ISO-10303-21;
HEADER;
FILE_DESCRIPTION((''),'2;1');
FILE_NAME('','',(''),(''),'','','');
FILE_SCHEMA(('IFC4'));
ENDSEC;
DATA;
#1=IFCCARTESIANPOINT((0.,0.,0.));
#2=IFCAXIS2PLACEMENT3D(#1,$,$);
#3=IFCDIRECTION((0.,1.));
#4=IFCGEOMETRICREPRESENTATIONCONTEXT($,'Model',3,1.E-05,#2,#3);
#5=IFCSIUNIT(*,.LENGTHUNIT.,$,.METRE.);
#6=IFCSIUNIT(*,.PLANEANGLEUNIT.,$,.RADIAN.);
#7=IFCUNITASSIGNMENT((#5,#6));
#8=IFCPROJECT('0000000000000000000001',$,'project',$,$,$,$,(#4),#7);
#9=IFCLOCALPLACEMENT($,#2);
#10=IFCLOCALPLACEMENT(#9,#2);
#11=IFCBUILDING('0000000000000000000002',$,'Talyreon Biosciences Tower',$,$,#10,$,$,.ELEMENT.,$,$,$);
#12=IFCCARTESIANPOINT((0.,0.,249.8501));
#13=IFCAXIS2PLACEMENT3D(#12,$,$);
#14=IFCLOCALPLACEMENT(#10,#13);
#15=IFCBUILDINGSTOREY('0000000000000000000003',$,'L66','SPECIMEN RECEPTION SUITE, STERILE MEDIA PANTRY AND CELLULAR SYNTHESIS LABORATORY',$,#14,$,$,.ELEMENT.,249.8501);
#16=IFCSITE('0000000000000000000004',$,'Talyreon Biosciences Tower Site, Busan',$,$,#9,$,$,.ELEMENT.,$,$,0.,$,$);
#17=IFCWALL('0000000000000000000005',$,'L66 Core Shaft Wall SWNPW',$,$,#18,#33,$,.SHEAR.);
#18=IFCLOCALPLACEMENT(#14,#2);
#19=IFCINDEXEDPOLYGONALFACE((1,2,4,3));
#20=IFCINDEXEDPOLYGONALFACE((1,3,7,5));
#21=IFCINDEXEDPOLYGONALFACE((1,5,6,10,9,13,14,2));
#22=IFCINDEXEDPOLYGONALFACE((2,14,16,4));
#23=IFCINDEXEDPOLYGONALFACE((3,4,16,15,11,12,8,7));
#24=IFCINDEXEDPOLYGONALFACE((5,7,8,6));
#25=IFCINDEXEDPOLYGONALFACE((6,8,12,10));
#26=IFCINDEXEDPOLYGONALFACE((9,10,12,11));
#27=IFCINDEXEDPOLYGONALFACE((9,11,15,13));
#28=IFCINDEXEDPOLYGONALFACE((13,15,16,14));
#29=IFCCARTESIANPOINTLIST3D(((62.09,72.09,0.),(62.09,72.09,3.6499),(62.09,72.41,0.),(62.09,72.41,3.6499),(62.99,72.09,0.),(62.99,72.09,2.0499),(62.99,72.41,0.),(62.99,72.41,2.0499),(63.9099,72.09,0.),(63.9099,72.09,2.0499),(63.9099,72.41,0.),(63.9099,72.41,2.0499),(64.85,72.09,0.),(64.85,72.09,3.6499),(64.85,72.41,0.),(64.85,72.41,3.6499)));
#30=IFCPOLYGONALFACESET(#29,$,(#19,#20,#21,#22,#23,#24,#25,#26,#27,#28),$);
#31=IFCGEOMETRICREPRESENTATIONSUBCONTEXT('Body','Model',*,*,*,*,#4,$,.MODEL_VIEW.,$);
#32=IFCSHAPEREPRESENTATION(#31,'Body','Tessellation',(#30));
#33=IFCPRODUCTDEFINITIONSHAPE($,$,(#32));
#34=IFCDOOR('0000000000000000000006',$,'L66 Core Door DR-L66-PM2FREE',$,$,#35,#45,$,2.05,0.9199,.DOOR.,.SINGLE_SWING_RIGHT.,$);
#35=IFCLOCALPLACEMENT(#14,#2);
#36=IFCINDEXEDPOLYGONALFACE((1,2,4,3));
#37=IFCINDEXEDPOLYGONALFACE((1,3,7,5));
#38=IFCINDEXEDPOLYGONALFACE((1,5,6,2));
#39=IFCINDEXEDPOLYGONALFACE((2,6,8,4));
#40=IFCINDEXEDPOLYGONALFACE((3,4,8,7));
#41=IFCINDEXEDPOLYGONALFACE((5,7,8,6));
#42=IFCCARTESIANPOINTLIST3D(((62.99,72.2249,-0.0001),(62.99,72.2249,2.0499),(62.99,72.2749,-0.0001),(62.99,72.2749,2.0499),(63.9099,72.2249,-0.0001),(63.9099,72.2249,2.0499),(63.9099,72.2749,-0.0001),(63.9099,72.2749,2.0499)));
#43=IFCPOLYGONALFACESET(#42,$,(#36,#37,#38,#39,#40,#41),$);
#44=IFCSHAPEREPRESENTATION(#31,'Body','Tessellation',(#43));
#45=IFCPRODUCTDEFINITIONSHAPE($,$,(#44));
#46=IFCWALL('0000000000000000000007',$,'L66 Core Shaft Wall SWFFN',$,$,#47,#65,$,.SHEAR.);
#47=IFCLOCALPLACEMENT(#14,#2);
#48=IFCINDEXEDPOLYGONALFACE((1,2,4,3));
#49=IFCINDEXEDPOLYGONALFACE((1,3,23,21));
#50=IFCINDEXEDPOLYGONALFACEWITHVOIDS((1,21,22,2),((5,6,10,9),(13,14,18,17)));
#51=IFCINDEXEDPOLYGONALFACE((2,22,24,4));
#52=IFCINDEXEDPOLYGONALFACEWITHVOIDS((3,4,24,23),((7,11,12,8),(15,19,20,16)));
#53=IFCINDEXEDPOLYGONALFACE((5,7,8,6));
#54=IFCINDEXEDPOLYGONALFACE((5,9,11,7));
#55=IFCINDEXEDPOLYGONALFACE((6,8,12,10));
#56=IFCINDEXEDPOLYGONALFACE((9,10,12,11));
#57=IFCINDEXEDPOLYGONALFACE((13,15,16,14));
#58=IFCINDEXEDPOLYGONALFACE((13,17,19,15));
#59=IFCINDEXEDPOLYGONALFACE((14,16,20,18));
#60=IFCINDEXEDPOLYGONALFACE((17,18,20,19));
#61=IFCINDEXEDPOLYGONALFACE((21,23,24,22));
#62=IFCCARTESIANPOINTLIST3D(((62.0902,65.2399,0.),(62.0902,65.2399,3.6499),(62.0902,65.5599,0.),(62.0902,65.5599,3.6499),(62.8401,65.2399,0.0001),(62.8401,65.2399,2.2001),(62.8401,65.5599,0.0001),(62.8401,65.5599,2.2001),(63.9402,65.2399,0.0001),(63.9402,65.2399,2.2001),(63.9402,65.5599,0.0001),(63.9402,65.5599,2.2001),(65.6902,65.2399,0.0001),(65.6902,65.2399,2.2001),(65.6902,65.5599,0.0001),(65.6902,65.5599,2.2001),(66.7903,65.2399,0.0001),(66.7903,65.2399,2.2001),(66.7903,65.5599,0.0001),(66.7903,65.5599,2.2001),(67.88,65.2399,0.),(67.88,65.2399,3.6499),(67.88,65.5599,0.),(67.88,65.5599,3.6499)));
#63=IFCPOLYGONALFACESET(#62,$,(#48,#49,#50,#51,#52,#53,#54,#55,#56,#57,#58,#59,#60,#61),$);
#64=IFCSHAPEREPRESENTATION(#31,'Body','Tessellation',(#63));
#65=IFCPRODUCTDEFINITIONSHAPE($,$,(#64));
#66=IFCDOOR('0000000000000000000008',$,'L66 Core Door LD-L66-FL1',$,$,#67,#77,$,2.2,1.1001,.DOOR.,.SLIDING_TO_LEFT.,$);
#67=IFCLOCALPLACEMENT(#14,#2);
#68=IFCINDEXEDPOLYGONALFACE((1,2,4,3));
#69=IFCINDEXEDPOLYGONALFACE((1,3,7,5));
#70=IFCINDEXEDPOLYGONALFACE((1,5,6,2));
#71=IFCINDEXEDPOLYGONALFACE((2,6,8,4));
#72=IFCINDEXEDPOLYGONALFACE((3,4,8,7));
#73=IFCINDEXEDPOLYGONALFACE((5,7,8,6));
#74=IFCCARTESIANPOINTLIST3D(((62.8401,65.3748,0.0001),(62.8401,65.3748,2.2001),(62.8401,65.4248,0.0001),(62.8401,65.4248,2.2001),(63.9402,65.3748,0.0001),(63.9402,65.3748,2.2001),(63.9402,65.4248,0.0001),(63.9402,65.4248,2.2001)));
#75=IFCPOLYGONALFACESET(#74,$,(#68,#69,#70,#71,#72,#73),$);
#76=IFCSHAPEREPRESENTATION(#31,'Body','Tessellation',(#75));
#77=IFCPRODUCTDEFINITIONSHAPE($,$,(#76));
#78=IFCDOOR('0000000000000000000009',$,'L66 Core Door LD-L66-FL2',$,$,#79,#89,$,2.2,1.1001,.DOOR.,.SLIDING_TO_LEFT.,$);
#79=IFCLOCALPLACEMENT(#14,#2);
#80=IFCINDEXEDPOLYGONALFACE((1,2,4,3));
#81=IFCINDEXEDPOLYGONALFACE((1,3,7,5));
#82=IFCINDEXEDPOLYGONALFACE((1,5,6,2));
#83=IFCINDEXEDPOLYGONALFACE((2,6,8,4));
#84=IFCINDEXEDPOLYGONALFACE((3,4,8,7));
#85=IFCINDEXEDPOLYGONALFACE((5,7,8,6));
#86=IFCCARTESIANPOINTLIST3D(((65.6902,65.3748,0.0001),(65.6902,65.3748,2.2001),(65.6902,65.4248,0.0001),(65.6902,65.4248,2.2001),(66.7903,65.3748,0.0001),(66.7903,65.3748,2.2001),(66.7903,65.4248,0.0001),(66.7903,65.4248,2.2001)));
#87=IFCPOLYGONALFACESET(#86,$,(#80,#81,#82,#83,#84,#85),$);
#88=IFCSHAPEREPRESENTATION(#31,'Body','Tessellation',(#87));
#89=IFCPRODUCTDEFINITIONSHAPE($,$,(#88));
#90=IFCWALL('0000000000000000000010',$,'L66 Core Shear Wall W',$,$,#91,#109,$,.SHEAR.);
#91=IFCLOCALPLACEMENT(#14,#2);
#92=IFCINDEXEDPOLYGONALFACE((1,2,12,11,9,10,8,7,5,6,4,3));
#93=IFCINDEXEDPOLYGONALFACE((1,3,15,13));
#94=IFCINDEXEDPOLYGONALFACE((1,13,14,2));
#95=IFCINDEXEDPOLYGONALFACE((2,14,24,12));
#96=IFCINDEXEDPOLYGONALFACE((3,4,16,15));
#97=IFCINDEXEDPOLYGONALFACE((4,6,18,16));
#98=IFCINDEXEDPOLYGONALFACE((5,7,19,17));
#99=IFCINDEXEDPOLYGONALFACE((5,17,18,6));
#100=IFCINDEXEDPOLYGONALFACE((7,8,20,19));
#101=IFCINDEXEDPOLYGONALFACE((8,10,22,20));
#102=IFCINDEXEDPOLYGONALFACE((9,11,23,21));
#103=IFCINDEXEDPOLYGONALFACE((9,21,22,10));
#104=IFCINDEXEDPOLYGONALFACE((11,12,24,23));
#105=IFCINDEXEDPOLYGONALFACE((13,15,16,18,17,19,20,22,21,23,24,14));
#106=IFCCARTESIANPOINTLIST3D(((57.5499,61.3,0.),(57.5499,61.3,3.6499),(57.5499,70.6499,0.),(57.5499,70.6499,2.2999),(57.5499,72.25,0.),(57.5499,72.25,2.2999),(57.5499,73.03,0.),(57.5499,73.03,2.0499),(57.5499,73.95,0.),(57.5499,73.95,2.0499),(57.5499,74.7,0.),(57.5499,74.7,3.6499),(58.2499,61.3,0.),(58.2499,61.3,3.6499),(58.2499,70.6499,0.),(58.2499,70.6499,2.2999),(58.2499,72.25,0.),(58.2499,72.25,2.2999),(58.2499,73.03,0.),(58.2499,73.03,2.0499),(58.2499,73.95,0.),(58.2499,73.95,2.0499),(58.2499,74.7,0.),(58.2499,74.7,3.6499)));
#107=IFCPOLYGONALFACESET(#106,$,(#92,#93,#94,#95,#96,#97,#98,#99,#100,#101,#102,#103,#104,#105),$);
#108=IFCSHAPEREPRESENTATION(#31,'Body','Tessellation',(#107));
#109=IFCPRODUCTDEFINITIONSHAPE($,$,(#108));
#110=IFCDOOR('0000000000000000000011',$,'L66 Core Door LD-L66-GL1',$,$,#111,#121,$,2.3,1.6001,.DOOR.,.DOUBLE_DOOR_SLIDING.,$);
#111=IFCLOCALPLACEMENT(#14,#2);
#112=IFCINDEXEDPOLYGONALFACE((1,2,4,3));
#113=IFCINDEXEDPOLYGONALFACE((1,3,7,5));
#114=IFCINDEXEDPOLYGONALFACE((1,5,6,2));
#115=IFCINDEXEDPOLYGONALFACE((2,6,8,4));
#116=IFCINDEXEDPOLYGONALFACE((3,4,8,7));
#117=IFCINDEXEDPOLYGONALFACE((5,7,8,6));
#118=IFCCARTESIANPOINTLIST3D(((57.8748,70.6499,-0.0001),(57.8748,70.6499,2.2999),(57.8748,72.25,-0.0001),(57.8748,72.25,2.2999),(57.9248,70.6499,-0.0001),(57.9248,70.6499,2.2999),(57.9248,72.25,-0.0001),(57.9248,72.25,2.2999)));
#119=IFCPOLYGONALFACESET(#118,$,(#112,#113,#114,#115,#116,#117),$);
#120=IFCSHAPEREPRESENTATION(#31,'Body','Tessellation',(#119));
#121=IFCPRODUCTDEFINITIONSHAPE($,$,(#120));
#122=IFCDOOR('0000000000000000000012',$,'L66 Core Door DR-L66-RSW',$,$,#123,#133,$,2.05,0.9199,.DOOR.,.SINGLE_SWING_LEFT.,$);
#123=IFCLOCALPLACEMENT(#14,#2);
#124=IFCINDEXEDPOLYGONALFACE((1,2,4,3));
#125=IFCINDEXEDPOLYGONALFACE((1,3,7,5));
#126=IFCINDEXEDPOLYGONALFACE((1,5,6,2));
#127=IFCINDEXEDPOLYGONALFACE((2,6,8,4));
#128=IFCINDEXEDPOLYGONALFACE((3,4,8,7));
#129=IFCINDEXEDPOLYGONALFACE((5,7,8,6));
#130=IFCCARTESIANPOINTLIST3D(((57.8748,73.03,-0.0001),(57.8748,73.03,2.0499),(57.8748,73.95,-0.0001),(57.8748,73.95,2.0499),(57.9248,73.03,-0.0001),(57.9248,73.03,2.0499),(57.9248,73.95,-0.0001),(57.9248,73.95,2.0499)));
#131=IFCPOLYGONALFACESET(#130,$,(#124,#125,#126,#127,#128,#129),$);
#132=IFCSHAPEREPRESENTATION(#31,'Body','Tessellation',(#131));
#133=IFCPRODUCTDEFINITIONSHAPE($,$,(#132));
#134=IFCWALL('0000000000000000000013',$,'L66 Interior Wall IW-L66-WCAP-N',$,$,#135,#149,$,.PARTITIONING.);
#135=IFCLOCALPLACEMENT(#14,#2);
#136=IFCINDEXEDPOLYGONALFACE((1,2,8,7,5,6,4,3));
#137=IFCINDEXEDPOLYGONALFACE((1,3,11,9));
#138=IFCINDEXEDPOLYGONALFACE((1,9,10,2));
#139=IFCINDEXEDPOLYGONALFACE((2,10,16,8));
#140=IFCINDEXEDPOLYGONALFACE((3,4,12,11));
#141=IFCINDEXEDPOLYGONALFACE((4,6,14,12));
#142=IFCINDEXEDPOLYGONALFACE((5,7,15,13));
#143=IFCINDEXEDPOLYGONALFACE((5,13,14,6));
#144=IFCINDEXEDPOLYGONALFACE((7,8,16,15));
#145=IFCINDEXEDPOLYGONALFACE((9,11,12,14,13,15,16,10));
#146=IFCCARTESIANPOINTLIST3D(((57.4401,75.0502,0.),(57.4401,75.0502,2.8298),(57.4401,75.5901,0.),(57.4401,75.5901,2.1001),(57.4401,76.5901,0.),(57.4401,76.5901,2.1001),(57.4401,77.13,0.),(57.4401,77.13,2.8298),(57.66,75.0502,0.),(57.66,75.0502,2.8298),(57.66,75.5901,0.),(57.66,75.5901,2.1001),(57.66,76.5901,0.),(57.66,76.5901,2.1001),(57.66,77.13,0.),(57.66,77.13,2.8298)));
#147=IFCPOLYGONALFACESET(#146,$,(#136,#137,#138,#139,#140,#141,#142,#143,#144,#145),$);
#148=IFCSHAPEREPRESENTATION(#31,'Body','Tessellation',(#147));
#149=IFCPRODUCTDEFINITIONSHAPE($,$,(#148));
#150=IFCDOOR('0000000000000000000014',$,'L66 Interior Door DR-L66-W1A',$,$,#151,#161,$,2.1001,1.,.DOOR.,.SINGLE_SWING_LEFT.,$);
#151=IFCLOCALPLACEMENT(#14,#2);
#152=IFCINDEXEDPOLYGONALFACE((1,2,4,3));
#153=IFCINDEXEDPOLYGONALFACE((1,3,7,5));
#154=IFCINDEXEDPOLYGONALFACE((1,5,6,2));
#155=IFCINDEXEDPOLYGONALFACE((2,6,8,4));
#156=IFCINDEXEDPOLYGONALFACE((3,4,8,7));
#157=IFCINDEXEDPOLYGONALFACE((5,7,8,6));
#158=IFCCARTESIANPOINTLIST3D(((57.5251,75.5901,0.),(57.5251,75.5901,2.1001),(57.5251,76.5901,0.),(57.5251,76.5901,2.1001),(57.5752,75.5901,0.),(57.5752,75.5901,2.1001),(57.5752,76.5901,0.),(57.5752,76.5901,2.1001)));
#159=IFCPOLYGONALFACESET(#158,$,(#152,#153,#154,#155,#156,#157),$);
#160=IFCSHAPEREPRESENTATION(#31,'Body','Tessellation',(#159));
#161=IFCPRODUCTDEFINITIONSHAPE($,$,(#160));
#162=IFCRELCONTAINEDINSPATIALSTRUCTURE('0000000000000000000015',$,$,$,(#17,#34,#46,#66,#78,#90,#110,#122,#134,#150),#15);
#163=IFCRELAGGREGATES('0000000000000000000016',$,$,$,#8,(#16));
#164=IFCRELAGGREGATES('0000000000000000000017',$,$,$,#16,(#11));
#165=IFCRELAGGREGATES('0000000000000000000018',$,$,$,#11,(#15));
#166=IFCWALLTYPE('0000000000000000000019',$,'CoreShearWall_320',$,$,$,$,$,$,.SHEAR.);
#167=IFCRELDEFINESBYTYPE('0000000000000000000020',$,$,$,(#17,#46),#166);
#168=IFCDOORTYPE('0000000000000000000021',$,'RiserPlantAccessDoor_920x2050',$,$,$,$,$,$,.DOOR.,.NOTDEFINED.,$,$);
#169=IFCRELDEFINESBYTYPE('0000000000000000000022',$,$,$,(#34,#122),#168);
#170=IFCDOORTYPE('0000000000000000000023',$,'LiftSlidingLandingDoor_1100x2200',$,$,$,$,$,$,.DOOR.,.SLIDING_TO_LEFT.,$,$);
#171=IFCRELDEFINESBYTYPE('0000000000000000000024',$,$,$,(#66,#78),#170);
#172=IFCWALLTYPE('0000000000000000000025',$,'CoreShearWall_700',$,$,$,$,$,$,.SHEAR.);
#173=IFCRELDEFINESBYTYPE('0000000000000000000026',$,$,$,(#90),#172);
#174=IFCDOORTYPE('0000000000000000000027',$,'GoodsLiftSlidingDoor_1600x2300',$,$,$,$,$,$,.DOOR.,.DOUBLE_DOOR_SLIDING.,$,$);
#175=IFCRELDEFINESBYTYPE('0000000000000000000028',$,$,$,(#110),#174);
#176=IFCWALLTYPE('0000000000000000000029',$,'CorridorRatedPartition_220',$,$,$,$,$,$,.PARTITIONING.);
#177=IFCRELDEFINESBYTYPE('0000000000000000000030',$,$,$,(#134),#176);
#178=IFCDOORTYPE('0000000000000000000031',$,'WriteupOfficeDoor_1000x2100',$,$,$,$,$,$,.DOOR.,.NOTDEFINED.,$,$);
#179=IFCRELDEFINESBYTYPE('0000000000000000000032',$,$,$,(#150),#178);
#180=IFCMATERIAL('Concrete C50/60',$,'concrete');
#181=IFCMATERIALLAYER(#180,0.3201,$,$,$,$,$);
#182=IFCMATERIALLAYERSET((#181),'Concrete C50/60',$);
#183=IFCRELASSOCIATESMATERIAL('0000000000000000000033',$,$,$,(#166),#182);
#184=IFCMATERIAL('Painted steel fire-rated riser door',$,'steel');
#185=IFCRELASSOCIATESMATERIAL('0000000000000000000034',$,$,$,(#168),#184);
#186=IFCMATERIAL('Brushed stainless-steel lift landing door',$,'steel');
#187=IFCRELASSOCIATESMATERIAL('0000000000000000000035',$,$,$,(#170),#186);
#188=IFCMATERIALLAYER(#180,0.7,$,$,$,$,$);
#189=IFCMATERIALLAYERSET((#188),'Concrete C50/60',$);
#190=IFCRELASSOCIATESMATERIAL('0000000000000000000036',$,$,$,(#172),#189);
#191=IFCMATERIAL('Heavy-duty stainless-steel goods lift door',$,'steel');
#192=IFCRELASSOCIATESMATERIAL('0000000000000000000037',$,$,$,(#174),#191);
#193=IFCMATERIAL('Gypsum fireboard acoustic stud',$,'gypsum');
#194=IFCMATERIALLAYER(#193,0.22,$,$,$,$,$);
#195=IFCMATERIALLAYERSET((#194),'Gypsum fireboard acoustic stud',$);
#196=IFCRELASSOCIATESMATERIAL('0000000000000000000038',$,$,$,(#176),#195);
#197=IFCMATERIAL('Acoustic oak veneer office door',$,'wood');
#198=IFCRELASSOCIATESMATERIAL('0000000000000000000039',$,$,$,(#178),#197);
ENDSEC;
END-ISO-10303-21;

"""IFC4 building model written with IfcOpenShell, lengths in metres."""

from ifc_helpers import new_model, si_unit, direction, frame, frame_2d, origin, place, context, subcontext, project, spatial, rectangle, extrude, material, layer, layer_set, type_object, element, fill, save


model = new_model("IFC4")

# Units and contexts
model_context = context("Model", 3, precision=1e-05, world=origin(), true_north=direction((0.0, 1.0)))
body_context = subcontext(model_context, "Body", "Model", "MODEL_VIEW")
ifc_project = project(units=[si_unit("LENGTHUNIT", "METRE"), si_unit("PLANEANGLEUNIT", "RADIAN")], contexts=[model_context])

# Site, building, storey
site_placement = place(None, origin())
site = spatial("IfcSite", under=ifc_project, at=site_placement, Name="Talyreon Biosciences Tower Site, Busan", CompositionType="ELEMENT", RefElevation=0.0)
building_placement = place(site_placement, origin())
building = spatial("IfcBuilding", under=site, at=building_placement, Name="Talyreon Biosciences Tower", CompositionType="ELEMENT")
storey_placement = place(building_placement, frame((0.0, 0.0, 249.8501)))
storey = spatial("IfcBuildingStorey", under=building, at=storey_placement, Name="L66", Description="SPECIMEN RECEPTION SUITE, STERILE MEDIA PANTRY AND CELLULAR SYNTHESIS LABORATORY", CompositionType="ELEMENT", Elevation=249.8501)

# Shared definitions
ifc_material_1 = material(Name="Concrete C50/60", Category="concrete")

# Shared definitions
ifc_layer_1 = layer(ifc_material_1, 0.3201)
ifc_layer_set_1 = layer_set([ifc_layer_1], Name="Concrete C50/60")
wall_type_1 = type_object("IfcWallType", Name="CoreShearWall_320", PredefinedType="SHEAR", material=ifc_layer_set_1)

# Wall, opening, door
wall_1_placement = place(storey_placement, frame((62.0901, 72.25, 0.0), z_axis=(0.0, 0.0, 1.0), x_axis=(1.0, 0.0, 0.0)))
wall_1 = element("IfcWall", 1, at=wall_1_placement, inside=storey, type_object=wall_type_1, Name="L66 Core Shaft Wall SWNPW", PredefinedType="SHEAR", context=body_context, shape_type="SweptSolid", body=[
    extrude(rectangle(XDim=2.76, YDim=0.3201, at=frame_2d((1.3799, 0.0))), origin(), (0.0, 0.0, 1.0), 3.6499),
])
opening_1_placement = place(wall_1_placement, frame((0.8999, 0.0, 0.0)))
opening_1 = element("IfcOpeningElement", 2, at=opening_1_placement, cuts=wall_1, PredefinedType="OPENING", context=body_context, shape_type="SweptSolid", body=[
    extrude(rectangle(XDim=0.9199, YDim=2.05, at=frame_2d((0.46, 1.0249))), frame((0.0, 0.1699, 0.0), z_axis=(0.0, -1.0, 0.0), x_axis=(1.0, 0.0, 0.0)), (0.0, 0.0, 1.0), 0.3401),
])
ifc_material_2 = material(Name="Painted steel fire-rated riser door", Category="steel")
door_type_1 = type_object("IfcDoorType", Name="RiserPlantAccessDoor_920x2050", OperationType="NOTDEFINED", PredefinedType="DOOR", material=ifc_material_2)
door_1_placement = place(opening_1_placement, origin())
door_1 = element("IfcDoor", 3, at=door_1_placement, inside=storey, type_object=door_type_1, Name="L66 Core Door DR-L66-PM2FREE", OperationType="SINGLE_SWING_RIGHT", OverallHeight=2.05, OverallWidth=0.9199, PredefinedType="DOOR", context=body_context, shape_type="SweptSolid", body=[
    extrude(rectangle(XDim=0.9199, YDim=2.05, at=frame_2d((0.46, 1.0249))), frame((0.0, 0.0249, 0.0), z_axis=(0.0, -1.0, 0.0), x_axis=(1.0, 0.0, 0.0)), (0.0, 0.0, 1.0), 0.05),
])
fill(opening_1, door_1)

# Walls, openings, doors
wall_2_placement = place(storey_placement, frame((62.0901, 65.3999, 0.0), z_axis=(0.0, 0.0, 1.0), x_axis=(1.0, 0.0, 0.0)))
wall_2 = element("IfcWall", 4, at=wall_2_placement, inside=storey, type_object=wall_type_1, Name="L66 Core Shaft Wall SWFFN", PredefinedType="SHEAR", context=body_context, shape_type="SweptSolid", body=[
    extrude(rectangle(XDim=5.7898, YDim=0.3201, at=frame_2d((2.895, 0.0))), origin(), (0.0, 0.0, 1.0), 3.6499),
])
opening_2_placement = place(wall_2_placement, frame((0.75, 0.0, 0.0)))
opening_2 = element("IfcOpeningElement", 5, at=opening_2_placement, cuts=wall_2, PredefinedType="OPENING", context=body_context, shape_type="SweptSolid", body=[
    extrude(rectangle(XDim=1.1001, YDim=2.2, at=frame_2d((0.55, 1.1001))), frame((0.0, 0.1699, 0.0), z_axis=(0.0, -1.0, 0.0), x_axis=(1.0, 0.0, 0.0)), (0.0, 0.0, 1.0), 0.3401),
])
opening_3_placement = place(wall_2_placement, frame((3.6001, 0.0, 0.0)))
opening_3 = element("IfcOpeningElement", 6, at=opening_3_placement, cuts=wall_2, PredefinedType="OPENING", context=body_context, shape_type="SweptSolid", body=[
    extrude(rectangle(XDim=1.1001, YDim=2.2, at=frame_2d((0.55, 1.1001))), frame((0.0, 0.1699, 0.0), z_axis=(0.0, -1.0, 0.0), x_axis=(1.0, 0.0, 0.0)), (0.0, 0.0, 1.0), 0.3401),
])
ifc_material_3 = material(Name="Brushed stainless-steel lift landing door", Category="steel")
door_type_2 = type_object("IfcDoorType", Name="LiftSlidingLandingDoor_1100x2200", OperationType="SLIDING_TO_LEFT", PredefinedType="DOOR", material=ifc_material_3)
door_2_placement = place(opening_2_placement, origin())
door_2 = element("IfcDoor", 7, at=door_2_placement, inside=storey, type_object=door_type_2, Name="L66 Core Door LD-L66-FL1", OperationType="SLIDING_TO_LEFT", OverallHeight=2.2, OverallWidth=1.1001, PredefinedType="DOOR", context=body_context, shape_type="SweptSolid", body=[
    extrude(rectangle(XDim=1.1001, YDim=2.2, at=frame_2d((0.55, 1.1001))), frame((0.0, 0.0249, 0.0), z_axis=(0.0, -1.0, 0.0), x_axis=(1.0, 0.0, 0.0)), (0.0, 0.0, 1.0), 0.05),
])
fill(opening_2, door_2)
door_3_placement = place(opening_3_placement, origin())
door_3 = element("IfcDoor", 8, at=door_3_placement, inside=storey, type_object=door_type_2, Name="L66 Core Door LD-L66-FL2", OperationType="SLIDING_TO_LEFT", OverallHeight=2.2, OverallWidth=1.1001, PredefinedType="DOOR", context=body_context, shape_type="SweptSolid", body=[
    extrude(rectangle(XDim=1.1001, YDim=2.2, at=frame_2d((0.55, 1.1001))), frame((0.0, 0.0249, 0.0), z_axis=(0.0, -1.0, 0.0), x_axis=(1.0, 0.0, 0.0)), (0.0, 0.0, 1.0), 0.05),
])
fill(opening_3, door_3)
ifc_layer_2 = layer(ifc_material_1, 0.7)
ifc_layer_set_2 = layer_set([ifc_layer_2], Name="Concrete C50/60")
wall_type_2 = type_object("IfcWallType", Name="CoreShearWall_700", PredefinedType="SHEAR", material=ifc_layer_set_2)
wall_3_placement = place(storey_placement, frame((57.8999, 74.7, 0.0), z_axis=(0.0, 0.0, 1.0), x_axis=(0.0, -1.0, 0.0)))
wall_3 = element("IfcWall", 9, at=wall_3_placement, inside=storey, type_object=wall_type_2, Name="L66 Core Shear Wall W", PredefinedType="SHEAR", context=body_context, shape_type="SweptSolid", body=[
    extrude(rectangle(XDim=13.3999, YDim=0.7, at=frame_2d((6.7, 0.0))), origin(), (0.0, 0.0, 1.0), 3.6499),
])
opening_4_placement = place(wall_3_placement, frame((0.75, 0.0, 0.0)))
opening_4 = element("IfcOpeningElement", 10, at=opening_4_placement, cuts=wall_3, PredefinedType="OPENING", context=body_context, shape_type="SweptSolid", body=[
    extrude(rectangle(XDim=0.9199, YDim=2.05, at=frame_2d((0.46, 1.0249))), frame((0.0, 0.3599, 0.0), z_axis=(0.0, -1.0, 0.0), x_axis=(1.0, 0.0, 0.0)), (0.0, 0.0, 1.0), 0.72),
])
opening_5_placement = place(wall_3_placement, frame((2.45, 0.0, 0.0)))
opening_5 = element("IfcOpeningElement", 11, at=opening_5_placement, cuts=wall_3, PredefinedType="OPENING", context=body_context, shape_type="SweptSolid", body=[
    extrude(rectangle(XDim=1.6001, YDim=2.3, at=frame_2d((0.8, 1.1499))), frame((0.0, 0.3599, 0.0), z_axis=(0.0, -1.0, 0.0), x_axis=(1.0, 0.0, 0.0)), (0.0, 0.0, 1.0), 0.72),
])
ifc_material_4 = material(Name="Heavy-duty stainless-steel goods lift door", Category="steel")
door_type_3 = type_object("IfcDoorType", Name="GoodsLiftSlidingDoor_1600x2300", OperationType="DOUBLE_DOOR_SLIDING", PredefinedType="DOOR", material=ifc_material_4)
door_4_placement = place(opening_5_placement, origin())
door_4 = element("IfcDoor", 12, at=door_4_placement, inside=storey, type_object=door_type_3, Name="L66 Core Door LD-L66-GL1", OperationType="DOUBLE_DOOR_SLIDING", OverallHeight=2.3, OverallWidth=1.6001, PredefinedType="DOOR", context=body_context, shape_type="SweptSolid", body=[
    extrude(rectangle(XDim=1.6001, YDim=2.3, at=frame_2d((0.8, 1.1499))), frame((0.0, 0.0249, 0.0), z_axis=(0.0, -1.0, 0.0), x_axis=(1.0, 0.0, 0.0)), (0.0, 0.0, 1.0), 0.05),
])
fill(opening_5, door_4)
door_5_placement = place(opening_4_placement, origin())
door_5 = element("IfcDoor", 13, at=door_5_placement, inside=storey, type_object=door_type_1, Name="L66 Core Door DR-L66-RSW", OperationType="SINGLE_SWING_LEFT", OverallHeight=2.05, OverallWidth=0.9199, PredefinedType="DOOR", context=body_context, shape_type="SweptSolid", body=[
    extrude(rectangle(XDim=0.9199, YDim=2.05, at=frame_2d((0.46, 1.0249))), frame((0.0, 0.0249, 0.0), z_axis=(0.0, -1.0, 0.0), x_axis=(1.0, 0.0, 0.0)), (0.0, 0.0, 1.0), 0.05),
])
fill(opening_4, door_5)

# Wall, opening, door
ifc_material_5 = material(Name="Gypsum fireboard acoustic stud", Category="gypsum")
ifc_layer_3 = layer(ifc_material_5, 0.22)
ifc_layer_set_3 = layer_set([ifc_layer_3], Name="Gypsum fireboard acoustic stud")
wall_type_3 = type_object("IfcWallType", Name="CorridorRatedPartition_220", PredefinedType="PARTITIONING", material=ifc_layer_set_3)
wall_4_placement = place(storey_placement, frame((57.55, 75.05, 0.0), z_axis=(0.0, 0.0, 1.0), x_axis=(0.0, 1.0, 0.0)))
wall_4 = element("IfcWall", 14, at=wall_4_placement, inside=storey, type_object=wall_type_3, Name="L66 Interior Wall IW-L66-WCAP-N", PredefinedType="PARTITIONING", context=body_context, shape_type="SweptSolid", body=[
    extrude(rectangle(XDim=2.0798, YDim=0.22, at=frame_2d((1.04, 0.0))), origin(), (0.0, 0.0, 1.0), 2.8298),
])
opening_6_placement = place(wall_4_placement, frame((0.54, 0.0, 0.0)))
opening_6 = element("IfcOpeningElement", 15, at=opening_6_placement, cuts=wall_4, PredefinedType="OPENING", context=body_context, shape_type="SweptSolid", body=[
    extrude(rectangle(XDim=1.0, YDim=2.1001, at=frame_2d((0.5, 1.05))), frame((0.0, 0.1199, 0.0), z_axis=(0.0, -1.0, 0.0), x_axis=(1.0, 0.0, 0.0)), (0.0, 0.0, 1.0), 0.24),
])
ifc_material_6 = material(Name="Acoustic oak veneer office door", Category="wood")
door_type_4 = type_object("IfcDoorType", Name="WriteupOfficeDoor_1000x2100", OperationType="NOTDEFINED", PredefinedType="DOOR", material=ifc_material_6)
door_6_placement = place(opening_6_placement, origin())
door_6 = element("IfcDoor", 16, at=door_6_placement, inside=storey, type_object=door_type_4, Name="L66 Interior Door DR-L66-W1A", OperationType="SINGLE_SWING_LEFT", OverallHeight=2.1001, OverallWidth=1.0, PredefinedType="DOOR", context=body_context, shape_type="SweptSolid", body=[
    extrude(rectangle(XDim=1.0, YDim=2.1001, at=frame_2d((0.5, 1.05))), frame((0.0, 0.0249, 0.0), z_axis=(0.0, -1.0, 0.0), x_axis=(1.0, 0.0, 0.0)), (0.0, 0.0, 1.0), 0.05),
])
fill(opening_6, door_6)

save(model, "model.ifc")
